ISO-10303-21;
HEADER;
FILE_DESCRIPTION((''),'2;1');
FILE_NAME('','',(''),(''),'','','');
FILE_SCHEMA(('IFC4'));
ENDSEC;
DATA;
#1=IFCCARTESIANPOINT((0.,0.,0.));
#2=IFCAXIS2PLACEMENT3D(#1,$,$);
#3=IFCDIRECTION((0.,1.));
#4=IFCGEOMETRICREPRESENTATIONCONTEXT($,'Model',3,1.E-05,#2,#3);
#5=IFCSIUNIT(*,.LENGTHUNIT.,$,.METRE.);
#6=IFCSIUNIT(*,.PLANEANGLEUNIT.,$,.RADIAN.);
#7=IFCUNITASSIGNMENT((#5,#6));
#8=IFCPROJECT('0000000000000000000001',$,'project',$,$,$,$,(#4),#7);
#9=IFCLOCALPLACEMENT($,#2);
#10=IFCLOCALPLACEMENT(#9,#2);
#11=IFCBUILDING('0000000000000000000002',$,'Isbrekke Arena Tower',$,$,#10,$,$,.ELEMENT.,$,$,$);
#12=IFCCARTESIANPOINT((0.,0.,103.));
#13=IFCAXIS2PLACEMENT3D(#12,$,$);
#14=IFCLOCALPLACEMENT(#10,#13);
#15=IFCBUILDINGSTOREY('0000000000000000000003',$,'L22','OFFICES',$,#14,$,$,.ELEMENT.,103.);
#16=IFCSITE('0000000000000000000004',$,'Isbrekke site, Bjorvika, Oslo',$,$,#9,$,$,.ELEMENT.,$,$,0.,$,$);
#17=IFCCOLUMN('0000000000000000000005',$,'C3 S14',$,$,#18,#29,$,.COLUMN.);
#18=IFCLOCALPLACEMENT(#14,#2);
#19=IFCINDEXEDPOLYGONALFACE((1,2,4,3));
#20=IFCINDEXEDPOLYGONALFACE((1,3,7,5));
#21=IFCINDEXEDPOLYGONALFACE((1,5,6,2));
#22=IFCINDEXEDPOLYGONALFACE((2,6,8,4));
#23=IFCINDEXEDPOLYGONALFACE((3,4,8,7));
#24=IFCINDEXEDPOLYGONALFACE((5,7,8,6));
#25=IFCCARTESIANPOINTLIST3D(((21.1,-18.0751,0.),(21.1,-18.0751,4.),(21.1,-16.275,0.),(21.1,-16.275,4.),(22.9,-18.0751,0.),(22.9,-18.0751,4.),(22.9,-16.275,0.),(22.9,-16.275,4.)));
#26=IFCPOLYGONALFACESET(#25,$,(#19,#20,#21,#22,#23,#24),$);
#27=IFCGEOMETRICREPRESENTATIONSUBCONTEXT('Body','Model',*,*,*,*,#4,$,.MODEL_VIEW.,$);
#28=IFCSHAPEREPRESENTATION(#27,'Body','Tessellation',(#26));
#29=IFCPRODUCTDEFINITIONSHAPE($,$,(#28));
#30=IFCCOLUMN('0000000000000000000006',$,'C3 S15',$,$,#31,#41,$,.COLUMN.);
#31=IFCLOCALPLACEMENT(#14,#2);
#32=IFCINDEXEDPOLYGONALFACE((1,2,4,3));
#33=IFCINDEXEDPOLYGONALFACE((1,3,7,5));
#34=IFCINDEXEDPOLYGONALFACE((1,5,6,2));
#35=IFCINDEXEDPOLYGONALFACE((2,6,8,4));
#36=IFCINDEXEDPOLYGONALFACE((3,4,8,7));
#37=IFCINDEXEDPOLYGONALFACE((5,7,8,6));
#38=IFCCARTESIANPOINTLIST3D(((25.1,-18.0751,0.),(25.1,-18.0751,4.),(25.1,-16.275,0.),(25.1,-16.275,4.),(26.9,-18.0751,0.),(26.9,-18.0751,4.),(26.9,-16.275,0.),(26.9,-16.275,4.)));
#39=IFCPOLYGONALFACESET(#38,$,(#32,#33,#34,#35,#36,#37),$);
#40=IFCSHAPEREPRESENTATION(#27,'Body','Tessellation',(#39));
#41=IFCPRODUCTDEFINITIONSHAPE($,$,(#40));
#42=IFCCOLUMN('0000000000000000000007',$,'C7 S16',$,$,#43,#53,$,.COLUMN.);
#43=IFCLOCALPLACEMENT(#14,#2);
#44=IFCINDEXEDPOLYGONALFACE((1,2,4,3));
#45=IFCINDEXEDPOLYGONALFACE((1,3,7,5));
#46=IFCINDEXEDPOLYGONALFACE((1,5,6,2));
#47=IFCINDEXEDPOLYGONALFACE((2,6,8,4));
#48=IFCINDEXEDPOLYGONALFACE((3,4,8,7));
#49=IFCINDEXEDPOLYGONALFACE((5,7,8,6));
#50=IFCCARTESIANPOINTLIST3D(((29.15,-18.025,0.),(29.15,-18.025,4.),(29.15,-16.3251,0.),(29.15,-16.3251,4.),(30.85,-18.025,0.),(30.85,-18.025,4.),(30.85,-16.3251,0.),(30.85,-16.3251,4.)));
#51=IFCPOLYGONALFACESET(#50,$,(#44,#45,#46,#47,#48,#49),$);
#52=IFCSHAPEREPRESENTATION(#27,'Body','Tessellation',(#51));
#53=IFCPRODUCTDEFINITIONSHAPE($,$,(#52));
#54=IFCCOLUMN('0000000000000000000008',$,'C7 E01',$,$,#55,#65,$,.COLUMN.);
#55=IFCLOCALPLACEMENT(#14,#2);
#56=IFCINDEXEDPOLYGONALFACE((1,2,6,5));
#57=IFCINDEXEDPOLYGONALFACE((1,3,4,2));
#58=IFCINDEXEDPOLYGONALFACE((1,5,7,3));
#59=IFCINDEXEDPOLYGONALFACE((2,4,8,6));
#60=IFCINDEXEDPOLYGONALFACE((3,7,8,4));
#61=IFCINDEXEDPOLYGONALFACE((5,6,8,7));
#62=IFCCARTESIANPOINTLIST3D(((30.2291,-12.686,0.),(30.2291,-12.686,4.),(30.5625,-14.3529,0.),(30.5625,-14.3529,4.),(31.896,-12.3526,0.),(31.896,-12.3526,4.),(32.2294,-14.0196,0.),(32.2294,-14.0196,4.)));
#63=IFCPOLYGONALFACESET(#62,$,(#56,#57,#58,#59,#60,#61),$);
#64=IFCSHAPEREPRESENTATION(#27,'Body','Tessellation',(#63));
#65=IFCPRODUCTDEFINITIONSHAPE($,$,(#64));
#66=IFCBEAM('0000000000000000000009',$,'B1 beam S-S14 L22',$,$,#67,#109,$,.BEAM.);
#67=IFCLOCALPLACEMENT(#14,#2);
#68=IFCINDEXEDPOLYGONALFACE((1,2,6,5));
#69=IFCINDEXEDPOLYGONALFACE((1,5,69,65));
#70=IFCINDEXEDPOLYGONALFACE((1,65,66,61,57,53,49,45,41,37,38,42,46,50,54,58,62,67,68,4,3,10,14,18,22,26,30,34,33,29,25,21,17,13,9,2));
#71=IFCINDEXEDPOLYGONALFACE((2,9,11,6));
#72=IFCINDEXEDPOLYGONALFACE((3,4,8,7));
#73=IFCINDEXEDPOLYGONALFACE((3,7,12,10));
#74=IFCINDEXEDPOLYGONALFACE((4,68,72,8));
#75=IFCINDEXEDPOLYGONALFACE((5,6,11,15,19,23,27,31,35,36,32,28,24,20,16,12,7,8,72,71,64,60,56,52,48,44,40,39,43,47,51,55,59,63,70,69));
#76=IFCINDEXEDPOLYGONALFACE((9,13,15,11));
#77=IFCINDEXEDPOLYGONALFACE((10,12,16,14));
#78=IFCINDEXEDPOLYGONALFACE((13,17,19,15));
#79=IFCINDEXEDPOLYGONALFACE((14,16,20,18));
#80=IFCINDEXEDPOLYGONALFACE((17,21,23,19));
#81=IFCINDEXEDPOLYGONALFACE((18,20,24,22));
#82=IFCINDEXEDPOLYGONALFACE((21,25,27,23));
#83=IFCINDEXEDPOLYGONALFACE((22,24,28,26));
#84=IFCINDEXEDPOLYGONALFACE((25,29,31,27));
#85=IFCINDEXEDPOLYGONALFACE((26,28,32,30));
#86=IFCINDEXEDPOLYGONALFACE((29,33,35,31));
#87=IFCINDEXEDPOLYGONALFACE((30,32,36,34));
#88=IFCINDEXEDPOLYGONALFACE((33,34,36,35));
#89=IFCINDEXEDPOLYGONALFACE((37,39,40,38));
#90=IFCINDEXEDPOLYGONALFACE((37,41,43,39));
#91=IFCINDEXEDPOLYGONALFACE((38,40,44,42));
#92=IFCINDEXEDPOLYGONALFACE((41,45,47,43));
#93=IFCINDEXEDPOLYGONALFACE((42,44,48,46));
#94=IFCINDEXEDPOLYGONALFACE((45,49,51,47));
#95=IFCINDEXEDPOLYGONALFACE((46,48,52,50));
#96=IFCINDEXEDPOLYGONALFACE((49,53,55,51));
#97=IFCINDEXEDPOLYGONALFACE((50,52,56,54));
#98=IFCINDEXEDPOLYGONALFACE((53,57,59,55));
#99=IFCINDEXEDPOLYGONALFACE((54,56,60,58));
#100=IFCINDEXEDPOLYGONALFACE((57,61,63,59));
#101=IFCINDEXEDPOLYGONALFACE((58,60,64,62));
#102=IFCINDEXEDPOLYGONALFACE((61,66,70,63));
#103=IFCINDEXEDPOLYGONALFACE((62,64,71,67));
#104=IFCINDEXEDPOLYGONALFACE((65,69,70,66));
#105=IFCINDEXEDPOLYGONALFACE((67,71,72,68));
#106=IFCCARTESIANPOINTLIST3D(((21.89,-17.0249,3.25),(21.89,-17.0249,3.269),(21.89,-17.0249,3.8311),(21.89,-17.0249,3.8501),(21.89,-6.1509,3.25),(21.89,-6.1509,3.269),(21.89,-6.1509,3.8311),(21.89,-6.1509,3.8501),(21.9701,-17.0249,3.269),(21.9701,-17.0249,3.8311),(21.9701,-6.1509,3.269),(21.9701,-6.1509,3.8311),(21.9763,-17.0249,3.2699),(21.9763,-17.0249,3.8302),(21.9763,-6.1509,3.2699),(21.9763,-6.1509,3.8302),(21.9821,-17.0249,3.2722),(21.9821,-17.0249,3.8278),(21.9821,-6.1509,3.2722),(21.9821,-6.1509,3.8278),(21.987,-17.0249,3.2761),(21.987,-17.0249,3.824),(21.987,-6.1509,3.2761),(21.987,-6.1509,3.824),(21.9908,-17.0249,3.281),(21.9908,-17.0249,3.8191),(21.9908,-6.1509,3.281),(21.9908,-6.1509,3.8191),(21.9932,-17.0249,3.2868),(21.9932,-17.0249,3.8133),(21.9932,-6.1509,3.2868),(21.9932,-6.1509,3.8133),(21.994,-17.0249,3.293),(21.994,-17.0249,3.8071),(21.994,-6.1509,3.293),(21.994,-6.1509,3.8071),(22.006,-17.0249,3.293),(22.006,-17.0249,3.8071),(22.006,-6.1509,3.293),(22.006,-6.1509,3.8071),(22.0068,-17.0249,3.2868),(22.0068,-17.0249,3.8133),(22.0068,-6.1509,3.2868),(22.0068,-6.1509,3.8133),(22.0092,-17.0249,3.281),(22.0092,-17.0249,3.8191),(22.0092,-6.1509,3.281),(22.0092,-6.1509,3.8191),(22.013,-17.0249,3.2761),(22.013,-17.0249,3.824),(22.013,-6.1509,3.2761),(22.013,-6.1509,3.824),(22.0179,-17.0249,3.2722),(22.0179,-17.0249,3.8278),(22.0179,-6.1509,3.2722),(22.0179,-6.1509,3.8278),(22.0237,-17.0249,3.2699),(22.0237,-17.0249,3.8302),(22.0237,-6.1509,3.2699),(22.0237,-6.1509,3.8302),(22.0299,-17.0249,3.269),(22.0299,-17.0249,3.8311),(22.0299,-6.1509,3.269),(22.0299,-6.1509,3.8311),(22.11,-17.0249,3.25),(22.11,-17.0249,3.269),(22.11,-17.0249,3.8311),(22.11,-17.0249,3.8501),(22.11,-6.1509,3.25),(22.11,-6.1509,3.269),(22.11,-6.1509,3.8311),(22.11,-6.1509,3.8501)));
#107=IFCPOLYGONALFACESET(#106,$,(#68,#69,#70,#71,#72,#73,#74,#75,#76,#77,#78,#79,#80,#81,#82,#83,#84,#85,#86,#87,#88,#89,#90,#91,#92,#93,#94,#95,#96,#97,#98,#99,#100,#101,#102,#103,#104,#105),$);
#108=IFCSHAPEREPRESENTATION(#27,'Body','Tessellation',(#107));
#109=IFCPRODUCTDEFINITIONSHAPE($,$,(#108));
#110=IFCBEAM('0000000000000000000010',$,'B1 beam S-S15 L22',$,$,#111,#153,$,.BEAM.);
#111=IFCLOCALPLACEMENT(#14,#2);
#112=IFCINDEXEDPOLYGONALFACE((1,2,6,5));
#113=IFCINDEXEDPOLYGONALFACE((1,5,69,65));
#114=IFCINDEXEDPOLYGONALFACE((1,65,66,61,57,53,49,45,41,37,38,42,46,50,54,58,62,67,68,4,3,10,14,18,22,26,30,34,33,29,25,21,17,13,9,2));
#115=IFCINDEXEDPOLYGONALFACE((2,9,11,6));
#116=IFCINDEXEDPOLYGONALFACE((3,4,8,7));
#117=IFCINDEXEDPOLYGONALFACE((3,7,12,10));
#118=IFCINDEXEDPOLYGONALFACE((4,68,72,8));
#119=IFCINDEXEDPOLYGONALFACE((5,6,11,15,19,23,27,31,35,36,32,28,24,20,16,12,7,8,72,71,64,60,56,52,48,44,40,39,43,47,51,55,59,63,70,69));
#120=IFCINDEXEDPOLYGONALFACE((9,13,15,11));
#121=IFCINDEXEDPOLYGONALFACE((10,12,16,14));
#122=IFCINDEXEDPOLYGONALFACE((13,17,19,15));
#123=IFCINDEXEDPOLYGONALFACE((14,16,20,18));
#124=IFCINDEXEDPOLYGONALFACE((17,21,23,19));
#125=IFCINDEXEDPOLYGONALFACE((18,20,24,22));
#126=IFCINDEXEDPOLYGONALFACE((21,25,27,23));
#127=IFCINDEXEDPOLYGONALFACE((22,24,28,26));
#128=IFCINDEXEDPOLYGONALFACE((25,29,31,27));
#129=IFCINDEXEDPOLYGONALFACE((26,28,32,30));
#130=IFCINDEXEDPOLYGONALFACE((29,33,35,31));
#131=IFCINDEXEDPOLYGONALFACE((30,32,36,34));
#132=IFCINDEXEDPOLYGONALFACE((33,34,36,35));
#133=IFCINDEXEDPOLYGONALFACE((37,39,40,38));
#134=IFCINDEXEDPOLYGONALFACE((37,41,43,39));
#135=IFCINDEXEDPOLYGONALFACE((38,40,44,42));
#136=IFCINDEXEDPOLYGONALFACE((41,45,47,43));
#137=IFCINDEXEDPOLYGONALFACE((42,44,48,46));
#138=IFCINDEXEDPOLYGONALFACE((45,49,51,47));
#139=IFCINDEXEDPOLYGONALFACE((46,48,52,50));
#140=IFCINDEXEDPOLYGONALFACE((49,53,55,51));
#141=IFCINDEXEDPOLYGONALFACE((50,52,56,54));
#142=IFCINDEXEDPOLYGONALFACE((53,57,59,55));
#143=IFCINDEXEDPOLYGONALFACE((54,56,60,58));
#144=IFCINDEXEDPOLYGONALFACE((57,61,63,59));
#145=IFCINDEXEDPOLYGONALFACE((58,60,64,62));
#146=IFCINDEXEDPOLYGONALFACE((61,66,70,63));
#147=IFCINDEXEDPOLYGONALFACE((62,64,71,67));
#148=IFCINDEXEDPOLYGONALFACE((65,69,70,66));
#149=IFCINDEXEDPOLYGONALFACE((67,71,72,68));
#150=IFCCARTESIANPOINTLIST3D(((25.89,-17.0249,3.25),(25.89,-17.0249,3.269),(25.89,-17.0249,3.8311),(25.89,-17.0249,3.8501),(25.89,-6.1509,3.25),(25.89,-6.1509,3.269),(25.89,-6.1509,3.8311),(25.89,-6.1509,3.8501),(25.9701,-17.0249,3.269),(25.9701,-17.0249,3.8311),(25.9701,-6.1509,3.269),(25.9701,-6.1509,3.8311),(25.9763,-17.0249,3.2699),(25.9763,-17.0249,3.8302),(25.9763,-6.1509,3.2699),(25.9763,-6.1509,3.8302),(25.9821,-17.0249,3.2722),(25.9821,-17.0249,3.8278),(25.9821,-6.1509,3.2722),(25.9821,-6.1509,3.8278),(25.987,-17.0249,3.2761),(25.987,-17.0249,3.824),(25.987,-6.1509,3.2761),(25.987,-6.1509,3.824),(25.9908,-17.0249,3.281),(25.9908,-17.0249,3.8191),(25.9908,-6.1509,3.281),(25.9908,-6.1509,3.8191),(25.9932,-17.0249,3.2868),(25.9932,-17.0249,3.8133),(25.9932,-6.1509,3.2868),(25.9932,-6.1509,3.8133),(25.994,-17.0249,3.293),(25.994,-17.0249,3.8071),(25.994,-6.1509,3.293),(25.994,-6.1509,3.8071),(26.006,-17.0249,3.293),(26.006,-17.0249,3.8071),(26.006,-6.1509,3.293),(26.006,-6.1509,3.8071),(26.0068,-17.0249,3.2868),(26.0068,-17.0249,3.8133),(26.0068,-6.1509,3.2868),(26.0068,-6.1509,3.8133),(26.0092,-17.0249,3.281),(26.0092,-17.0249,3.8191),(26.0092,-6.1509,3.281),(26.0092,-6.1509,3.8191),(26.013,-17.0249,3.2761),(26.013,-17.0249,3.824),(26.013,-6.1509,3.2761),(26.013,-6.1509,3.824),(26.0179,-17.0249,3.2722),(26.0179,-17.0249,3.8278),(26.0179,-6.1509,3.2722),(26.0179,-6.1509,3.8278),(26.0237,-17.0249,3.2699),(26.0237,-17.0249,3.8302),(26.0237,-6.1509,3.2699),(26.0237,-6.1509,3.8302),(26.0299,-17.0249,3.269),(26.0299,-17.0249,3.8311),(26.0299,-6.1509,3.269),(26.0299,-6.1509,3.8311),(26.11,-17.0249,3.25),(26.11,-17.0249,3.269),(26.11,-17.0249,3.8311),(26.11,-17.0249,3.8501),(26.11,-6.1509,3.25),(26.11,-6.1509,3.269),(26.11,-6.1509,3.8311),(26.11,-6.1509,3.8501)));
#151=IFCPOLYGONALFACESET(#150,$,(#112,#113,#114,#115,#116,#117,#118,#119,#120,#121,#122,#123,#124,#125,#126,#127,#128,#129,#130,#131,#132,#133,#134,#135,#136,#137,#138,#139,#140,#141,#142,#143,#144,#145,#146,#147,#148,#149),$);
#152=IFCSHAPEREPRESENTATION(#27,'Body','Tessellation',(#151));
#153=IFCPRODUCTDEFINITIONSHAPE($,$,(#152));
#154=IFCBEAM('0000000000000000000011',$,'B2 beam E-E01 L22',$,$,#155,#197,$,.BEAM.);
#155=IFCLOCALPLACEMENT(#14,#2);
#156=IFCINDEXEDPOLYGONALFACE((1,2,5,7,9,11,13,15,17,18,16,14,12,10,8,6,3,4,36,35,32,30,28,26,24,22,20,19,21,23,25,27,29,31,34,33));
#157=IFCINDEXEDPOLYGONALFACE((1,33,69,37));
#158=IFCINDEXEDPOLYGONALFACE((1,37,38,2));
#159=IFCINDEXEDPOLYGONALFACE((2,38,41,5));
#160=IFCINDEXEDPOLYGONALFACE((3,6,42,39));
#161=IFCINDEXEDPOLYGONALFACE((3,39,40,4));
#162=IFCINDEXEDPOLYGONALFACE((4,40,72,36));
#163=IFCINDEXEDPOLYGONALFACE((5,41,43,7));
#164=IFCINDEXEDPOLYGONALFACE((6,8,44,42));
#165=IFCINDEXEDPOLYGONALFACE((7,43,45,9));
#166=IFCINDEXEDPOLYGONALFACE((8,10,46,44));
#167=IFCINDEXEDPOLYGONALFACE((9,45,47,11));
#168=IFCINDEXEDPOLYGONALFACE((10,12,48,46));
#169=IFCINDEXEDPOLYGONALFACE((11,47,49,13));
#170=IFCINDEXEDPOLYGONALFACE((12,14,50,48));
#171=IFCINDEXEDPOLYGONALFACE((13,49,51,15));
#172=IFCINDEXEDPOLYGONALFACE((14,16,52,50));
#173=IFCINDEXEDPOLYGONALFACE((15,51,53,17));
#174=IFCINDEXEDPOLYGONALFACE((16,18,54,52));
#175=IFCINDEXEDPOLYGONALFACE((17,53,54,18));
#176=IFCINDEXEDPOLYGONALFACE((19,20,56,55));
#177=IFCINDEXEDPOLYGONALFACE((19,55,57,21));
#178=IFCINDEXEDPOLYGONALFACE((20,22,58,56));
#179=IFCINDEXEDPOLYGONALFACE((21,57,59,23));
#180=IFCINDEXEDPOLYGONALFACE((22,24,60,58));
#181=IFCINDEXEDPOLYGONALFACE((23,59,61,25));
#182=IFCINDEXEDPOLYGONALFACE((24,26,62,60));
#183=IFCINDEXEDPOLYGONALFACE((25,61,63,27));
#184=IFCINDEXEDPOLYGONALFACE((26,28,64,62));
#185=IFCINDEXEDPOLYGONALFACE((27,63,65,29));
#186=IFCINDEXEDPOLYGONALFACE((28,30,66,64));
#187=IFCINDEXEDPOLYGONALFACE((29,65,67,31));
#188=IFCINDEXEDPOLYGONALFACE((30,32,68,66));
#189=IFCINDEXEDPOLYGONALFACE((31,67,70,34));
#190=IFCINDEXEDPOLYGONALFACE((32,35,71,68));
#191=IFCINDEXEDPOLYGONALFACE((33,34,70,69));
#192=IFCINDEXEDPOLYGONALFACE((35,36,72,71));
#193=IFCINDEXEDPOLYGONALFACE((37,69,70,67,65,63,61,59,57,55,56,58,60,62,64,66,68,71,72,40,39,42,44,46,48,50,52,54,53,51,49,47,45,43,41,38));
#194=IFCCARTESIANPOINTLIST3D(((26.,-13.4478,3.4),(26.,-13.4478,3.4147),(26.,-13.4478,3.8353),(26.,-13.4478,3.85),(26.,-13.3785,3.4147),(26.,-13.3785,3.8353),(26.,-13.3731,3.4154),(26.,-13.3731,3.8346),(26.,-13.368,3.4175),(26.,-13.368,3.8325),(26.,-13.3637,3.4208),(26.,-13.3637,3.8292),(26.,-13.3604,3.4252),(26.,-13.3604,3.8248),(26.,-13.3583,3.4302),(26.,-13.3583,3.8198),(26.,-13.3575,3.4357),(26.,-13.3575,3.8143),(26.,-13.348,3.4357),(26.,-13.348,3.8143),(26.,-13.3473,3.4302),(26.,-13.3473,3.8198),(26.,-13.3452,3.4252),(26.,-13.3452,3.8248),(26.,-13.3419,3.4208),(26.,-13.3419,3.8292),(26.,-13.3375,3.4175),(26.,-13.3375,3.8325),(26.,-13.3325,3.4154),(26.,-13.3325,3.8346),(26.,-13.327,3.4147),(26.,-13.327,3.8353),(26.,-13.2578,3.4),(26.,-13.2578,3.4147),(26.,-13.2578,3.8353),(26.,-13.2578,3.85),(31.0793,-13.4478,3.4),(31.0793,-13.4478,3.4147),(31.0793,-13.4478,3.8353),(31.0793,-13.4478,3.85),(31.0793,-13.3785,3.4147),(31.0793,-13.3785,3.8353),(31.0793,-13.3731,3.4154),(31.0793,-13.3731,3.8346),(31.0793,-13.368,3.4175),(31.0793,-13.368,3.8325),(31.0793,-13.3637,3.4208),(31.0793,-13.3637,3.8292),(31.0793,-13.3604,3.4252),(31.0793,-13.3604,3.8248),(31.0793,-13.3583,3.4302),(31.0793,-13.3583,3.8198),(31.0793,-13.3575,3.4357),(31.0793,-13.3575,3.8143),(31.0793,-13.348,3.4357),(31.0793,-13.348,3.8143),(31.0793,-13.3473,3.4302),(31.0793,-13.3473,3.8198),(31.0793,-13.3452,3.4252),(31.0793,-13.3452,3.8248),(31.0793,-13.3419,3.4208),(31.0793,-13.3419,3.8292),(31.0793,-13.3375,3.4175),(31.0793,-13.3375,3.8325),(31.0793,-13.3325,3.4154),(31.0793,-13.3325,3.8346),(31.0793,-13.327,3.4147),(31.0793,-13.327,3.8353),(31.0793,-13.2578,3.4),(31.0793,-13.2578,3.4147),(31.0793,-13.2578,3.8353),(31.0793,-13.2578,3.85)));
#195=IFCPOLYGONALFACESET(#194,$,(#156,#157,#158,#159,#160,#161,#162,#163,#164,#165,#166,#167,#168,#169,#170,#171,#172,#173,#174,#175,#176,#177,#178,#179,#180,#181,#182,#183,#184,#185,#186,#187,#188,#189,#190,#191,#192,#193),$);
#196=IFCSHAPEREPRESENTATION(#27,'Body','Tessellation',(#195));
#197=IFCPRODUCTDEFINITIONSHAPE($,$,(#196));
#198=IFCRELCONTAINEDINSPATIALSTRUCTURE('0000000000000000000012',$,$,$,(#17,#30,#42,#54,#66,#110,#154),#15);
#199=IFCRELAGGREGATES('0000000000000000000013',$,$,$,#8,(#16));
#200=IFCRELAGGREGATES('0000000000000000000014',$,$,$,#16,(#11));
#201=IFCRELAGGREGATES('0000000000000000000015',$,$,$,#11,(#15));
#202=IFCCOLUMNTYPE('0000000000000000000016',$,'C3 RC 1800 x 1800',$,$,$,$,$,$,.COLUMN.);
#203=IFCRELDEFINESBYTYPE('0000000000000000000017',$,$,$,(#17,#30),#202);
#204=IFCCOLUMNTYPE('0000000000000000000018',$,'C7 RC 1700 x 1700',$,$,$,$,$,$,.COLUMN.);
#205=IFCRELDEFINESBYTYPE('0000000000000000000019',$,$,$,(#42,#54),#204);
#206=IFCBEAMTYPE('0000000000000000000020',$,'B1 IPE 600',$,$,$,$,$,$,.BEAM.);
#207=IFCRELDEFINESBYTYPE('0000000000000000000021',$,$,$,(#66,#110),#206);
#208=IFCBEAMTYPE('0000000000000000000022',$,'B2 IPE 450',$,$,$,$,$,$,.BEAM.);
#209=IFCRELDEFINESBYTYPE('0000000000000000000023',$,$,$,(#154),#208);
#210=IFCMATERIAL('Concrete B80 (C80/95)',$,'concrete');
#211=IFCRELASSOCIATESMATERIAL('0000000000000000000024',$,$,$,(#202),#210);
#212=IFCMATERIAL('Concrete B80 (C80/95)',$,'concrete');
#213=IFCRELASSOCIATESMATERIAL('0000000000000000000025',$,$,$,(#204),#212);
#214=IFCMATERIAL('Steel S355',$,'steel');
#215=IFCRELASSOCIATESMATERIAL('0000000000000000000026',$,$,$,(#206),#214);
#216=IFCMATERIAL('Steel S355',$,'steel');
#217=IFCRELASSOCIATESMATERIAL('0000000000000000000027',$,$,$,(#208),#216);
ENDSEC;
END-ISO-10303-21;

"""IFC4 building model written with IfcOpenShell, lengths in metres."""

from ifc_helpers import new_model, si_unit, direction, frame, origin, origin_2d, place, context, subcontext, project, spatial, rectangle, i_section, extrude, material, material_profile, profile_set, type_object, element, save


model = new_model("IFC4")

# Units and contexts
model_context = context("Model", 3, precision=1e-05, world=origin(), true_north=direction((0.0, 1.0)))
body_context = subcontext(model_context, "Body", "Model", "MODEL_VIEW")
ifc_project = project(units=[si_unit("LENGTHUNIT", "METRE"), si_unit("PLANEANGLEUNIT", "RADIAN")], contexts=[model_context])

# Site, building, storey
site_placement = place(None, origin())
site = spatial("IfcSite", under=ifc_project, at=site_placement, Name="Isbrekke site, Bjorvika, Oslo", CompositionType="ELEMENT", RefElevation=0.0)
building_placement = place(site_placement, origin())
building = spatial("IfcBuilding", under=site, at=building_placement, Name="Isbrekke Arena Tower", CompositionType="ELEMENT")
storey_placement = place(building_placement, frame((0.0, 0.0, 103.0)))
storey = spatial("IfcBuildingStorey", under=building, at=storey_placement, Name="L22", Description="OFFICES", CompositionType="ELEMENT", Elevation=103.0)

# Columns
ifc_material_1 = material(Name="Concrete B80 (C80/95)", Category="concrete")
ifc_material_profile_1 = material_profile(ifc_material_1, rectangle(XDim=1.8, YDim=1.8, at=origin_2d()), Name="RC 1800x1800")
ifc_profile_set_1 = profile_set([ifc_material_profile_1], Name="Concrete B80 (C80/95)")
column_type_1 = type_object("IfcColumnType", Name="C3 RC 1800 x 1800", PredefinedType="COLUMN", material=ifc_profile_set_1)
for number, where, z_axis, x_axis, name in (
    (1, (22.0, -17.175, 0.0), (0.0, 0.0, 1.0), (1.0, 0.0, 0.0), "C3 S14"),
    (2, (26.0, -17.175, 0.0), (0.0, 0.0, 1.0), (1.0, 0.0, 0.0), "C3 S15"),
):
    element("IfcColumn", number, at=place(storey_placement, frame(where, z_axis=z_axis, x_axis=x_axis)), inside=storey, type_object=column_type_1, Name=name, PredefinedType="COLUMN", context=body_context, shape_type="SweptSolid", body=[
        extrude(rectangle(XDim=1.8, YDim=1.8, at=origin_2d()), origin(), (0.0, 0.0, 1.0), 4.0),
    ])
ifc_material_2 = material(Name="Concrete B80 (C80/95)", Category="concrete")
ifc_material_profile_2 = material_profile(ifc_material_2, rectangle(XDim=1.7, YDim=1.7, at=origin_2d()), Name="RC 1700x1700")
ifc_profile_set_2 = profile_set([ifc_material_profile_2], Name="Concrete B80 (C80/95)")
column_type_2 = type_object("IfcColumnType", Name="C7 RC 1700 x 1700", PredefinedType="COLUMN", material=ifc_profile_set_2)
for number, where, z_axis, x_axis, name in (
    (3, (30.0, -17.175, 0.0), (0.0, 0.0, 1.0), (1.0, 0.0, 0.0), "C7 S16"),
    (4, (31.2292, -13.3528, 0.0), (0.0, 0.0, 1.0), (-0.196116, 0.980581, 0.0), "C7 E01"),
):
    element("IfcColumn", number, at=place(storey_placement, frame(where, z_axis=z_axis, x_axis=x_axis)), inside=storey, type_object=column_type_2, Name=name, PredefinedType="COLUMN", context=body_context, shape_type="SweptSolid", body=[
        extrude(rectangle(XDim=1.7, YDim=1.7, at=origin_2d()), origin(), (0.0, 0.0, 1.0), 4.0),
    ])

# Beams
ifc_material_3 = material(Name="Steel S355", Category="steel")
ifc_material_profile_3 = material_profile(ifc_material_3, i_section(OverallWidth=0.22, OverallDepth=0.6001, WebThickness=0.012, FlangeThickness=0.019, FilletRadius=0.0239, at=origin_2d()), Name="IPE 600")
ifc_profile_set_3 = profile_set([ifc_material_profile_3], Name="Steel S355")
beam_type_1 = type_object("IfcBeamType", Name="B1 IPE 600", PredefinedType="BEAM", material=ifc_profile_set_3)
for number, where, z_axis, x_axis, name in (
    (5, (22.0, -17.0249, 3.55), (0.0, 1.0, 0.0), (-1.0, 0.0, 0.0), "B1 beam S-S14 L22"),
    (6, (26.0, -17.0249, 3.55), (0.0, 1.0, 0.0), (-1.0, 0.0, 0.0), "B1 beam S-S15 L22"),
):
    element("IfcBeam", number, at=place(storey_placement, frame(where, z_axis=z_axis, x_axis=x_axis)), inside=storey, type_object=beam_type_1, Name=name, PredefinedType="BEAM", context=body_context, shape_type="SweptSolid", body=[
        extrude(i_section(OverallWidth=0.22, OverallDepth=0.6001, WebThickness=0.012, FlangeThickness=0.019, FilletRadius=0.0239, at=origin_2d()), origin(), (0.0, 0.0, 1.0), 10.874),
    ])
ifc_material_4 = material(Name="Steel S355", Category="steel")
ifc_material_profile_4 = material_profile(ifc_material_4, i_section(OverallWidth=0.1899, OverallDepth=0.45, WebThickness=0.0095, FlangeThickness=0.0146, FilletRadius=0.021, at=origin_2d()), Name="IPE 450")
ifc_profile_set_4 = profile_set([ifc_material_profile_4], Name="Steel S355")
beam_type_2 = type_object("IfcBeamType", Name="B2 IPE 450", PredefinedType="BEAM", material=ifc_profile_set_4)
beam_1_placement = place(storey_placement, frame((31.0793, -13.3528, 3.625), z_axis=(-1.0, 0.0, 0.0), x_axis=(0.0, -1.0, 0.0)))
element("IfcBeam", 7, at=beam_1_placement, inside=storey, type_object=beam_type_2, Name="B2 beam E-E01 L22", PredefinedType="BEAM", context=body_context, shape_type="SweptSolid", body=[
    extrude(i_section(OverallWidth=0.1899, OverallDepth=0.45, WebThickness=0.0095, FlangeThickness=0.0146, FilletRadius=0.021, at=origin_2d()), origin(), (0.0, 0.0, 1.0), 5.0793),
])

save(model, "model.ifc")
